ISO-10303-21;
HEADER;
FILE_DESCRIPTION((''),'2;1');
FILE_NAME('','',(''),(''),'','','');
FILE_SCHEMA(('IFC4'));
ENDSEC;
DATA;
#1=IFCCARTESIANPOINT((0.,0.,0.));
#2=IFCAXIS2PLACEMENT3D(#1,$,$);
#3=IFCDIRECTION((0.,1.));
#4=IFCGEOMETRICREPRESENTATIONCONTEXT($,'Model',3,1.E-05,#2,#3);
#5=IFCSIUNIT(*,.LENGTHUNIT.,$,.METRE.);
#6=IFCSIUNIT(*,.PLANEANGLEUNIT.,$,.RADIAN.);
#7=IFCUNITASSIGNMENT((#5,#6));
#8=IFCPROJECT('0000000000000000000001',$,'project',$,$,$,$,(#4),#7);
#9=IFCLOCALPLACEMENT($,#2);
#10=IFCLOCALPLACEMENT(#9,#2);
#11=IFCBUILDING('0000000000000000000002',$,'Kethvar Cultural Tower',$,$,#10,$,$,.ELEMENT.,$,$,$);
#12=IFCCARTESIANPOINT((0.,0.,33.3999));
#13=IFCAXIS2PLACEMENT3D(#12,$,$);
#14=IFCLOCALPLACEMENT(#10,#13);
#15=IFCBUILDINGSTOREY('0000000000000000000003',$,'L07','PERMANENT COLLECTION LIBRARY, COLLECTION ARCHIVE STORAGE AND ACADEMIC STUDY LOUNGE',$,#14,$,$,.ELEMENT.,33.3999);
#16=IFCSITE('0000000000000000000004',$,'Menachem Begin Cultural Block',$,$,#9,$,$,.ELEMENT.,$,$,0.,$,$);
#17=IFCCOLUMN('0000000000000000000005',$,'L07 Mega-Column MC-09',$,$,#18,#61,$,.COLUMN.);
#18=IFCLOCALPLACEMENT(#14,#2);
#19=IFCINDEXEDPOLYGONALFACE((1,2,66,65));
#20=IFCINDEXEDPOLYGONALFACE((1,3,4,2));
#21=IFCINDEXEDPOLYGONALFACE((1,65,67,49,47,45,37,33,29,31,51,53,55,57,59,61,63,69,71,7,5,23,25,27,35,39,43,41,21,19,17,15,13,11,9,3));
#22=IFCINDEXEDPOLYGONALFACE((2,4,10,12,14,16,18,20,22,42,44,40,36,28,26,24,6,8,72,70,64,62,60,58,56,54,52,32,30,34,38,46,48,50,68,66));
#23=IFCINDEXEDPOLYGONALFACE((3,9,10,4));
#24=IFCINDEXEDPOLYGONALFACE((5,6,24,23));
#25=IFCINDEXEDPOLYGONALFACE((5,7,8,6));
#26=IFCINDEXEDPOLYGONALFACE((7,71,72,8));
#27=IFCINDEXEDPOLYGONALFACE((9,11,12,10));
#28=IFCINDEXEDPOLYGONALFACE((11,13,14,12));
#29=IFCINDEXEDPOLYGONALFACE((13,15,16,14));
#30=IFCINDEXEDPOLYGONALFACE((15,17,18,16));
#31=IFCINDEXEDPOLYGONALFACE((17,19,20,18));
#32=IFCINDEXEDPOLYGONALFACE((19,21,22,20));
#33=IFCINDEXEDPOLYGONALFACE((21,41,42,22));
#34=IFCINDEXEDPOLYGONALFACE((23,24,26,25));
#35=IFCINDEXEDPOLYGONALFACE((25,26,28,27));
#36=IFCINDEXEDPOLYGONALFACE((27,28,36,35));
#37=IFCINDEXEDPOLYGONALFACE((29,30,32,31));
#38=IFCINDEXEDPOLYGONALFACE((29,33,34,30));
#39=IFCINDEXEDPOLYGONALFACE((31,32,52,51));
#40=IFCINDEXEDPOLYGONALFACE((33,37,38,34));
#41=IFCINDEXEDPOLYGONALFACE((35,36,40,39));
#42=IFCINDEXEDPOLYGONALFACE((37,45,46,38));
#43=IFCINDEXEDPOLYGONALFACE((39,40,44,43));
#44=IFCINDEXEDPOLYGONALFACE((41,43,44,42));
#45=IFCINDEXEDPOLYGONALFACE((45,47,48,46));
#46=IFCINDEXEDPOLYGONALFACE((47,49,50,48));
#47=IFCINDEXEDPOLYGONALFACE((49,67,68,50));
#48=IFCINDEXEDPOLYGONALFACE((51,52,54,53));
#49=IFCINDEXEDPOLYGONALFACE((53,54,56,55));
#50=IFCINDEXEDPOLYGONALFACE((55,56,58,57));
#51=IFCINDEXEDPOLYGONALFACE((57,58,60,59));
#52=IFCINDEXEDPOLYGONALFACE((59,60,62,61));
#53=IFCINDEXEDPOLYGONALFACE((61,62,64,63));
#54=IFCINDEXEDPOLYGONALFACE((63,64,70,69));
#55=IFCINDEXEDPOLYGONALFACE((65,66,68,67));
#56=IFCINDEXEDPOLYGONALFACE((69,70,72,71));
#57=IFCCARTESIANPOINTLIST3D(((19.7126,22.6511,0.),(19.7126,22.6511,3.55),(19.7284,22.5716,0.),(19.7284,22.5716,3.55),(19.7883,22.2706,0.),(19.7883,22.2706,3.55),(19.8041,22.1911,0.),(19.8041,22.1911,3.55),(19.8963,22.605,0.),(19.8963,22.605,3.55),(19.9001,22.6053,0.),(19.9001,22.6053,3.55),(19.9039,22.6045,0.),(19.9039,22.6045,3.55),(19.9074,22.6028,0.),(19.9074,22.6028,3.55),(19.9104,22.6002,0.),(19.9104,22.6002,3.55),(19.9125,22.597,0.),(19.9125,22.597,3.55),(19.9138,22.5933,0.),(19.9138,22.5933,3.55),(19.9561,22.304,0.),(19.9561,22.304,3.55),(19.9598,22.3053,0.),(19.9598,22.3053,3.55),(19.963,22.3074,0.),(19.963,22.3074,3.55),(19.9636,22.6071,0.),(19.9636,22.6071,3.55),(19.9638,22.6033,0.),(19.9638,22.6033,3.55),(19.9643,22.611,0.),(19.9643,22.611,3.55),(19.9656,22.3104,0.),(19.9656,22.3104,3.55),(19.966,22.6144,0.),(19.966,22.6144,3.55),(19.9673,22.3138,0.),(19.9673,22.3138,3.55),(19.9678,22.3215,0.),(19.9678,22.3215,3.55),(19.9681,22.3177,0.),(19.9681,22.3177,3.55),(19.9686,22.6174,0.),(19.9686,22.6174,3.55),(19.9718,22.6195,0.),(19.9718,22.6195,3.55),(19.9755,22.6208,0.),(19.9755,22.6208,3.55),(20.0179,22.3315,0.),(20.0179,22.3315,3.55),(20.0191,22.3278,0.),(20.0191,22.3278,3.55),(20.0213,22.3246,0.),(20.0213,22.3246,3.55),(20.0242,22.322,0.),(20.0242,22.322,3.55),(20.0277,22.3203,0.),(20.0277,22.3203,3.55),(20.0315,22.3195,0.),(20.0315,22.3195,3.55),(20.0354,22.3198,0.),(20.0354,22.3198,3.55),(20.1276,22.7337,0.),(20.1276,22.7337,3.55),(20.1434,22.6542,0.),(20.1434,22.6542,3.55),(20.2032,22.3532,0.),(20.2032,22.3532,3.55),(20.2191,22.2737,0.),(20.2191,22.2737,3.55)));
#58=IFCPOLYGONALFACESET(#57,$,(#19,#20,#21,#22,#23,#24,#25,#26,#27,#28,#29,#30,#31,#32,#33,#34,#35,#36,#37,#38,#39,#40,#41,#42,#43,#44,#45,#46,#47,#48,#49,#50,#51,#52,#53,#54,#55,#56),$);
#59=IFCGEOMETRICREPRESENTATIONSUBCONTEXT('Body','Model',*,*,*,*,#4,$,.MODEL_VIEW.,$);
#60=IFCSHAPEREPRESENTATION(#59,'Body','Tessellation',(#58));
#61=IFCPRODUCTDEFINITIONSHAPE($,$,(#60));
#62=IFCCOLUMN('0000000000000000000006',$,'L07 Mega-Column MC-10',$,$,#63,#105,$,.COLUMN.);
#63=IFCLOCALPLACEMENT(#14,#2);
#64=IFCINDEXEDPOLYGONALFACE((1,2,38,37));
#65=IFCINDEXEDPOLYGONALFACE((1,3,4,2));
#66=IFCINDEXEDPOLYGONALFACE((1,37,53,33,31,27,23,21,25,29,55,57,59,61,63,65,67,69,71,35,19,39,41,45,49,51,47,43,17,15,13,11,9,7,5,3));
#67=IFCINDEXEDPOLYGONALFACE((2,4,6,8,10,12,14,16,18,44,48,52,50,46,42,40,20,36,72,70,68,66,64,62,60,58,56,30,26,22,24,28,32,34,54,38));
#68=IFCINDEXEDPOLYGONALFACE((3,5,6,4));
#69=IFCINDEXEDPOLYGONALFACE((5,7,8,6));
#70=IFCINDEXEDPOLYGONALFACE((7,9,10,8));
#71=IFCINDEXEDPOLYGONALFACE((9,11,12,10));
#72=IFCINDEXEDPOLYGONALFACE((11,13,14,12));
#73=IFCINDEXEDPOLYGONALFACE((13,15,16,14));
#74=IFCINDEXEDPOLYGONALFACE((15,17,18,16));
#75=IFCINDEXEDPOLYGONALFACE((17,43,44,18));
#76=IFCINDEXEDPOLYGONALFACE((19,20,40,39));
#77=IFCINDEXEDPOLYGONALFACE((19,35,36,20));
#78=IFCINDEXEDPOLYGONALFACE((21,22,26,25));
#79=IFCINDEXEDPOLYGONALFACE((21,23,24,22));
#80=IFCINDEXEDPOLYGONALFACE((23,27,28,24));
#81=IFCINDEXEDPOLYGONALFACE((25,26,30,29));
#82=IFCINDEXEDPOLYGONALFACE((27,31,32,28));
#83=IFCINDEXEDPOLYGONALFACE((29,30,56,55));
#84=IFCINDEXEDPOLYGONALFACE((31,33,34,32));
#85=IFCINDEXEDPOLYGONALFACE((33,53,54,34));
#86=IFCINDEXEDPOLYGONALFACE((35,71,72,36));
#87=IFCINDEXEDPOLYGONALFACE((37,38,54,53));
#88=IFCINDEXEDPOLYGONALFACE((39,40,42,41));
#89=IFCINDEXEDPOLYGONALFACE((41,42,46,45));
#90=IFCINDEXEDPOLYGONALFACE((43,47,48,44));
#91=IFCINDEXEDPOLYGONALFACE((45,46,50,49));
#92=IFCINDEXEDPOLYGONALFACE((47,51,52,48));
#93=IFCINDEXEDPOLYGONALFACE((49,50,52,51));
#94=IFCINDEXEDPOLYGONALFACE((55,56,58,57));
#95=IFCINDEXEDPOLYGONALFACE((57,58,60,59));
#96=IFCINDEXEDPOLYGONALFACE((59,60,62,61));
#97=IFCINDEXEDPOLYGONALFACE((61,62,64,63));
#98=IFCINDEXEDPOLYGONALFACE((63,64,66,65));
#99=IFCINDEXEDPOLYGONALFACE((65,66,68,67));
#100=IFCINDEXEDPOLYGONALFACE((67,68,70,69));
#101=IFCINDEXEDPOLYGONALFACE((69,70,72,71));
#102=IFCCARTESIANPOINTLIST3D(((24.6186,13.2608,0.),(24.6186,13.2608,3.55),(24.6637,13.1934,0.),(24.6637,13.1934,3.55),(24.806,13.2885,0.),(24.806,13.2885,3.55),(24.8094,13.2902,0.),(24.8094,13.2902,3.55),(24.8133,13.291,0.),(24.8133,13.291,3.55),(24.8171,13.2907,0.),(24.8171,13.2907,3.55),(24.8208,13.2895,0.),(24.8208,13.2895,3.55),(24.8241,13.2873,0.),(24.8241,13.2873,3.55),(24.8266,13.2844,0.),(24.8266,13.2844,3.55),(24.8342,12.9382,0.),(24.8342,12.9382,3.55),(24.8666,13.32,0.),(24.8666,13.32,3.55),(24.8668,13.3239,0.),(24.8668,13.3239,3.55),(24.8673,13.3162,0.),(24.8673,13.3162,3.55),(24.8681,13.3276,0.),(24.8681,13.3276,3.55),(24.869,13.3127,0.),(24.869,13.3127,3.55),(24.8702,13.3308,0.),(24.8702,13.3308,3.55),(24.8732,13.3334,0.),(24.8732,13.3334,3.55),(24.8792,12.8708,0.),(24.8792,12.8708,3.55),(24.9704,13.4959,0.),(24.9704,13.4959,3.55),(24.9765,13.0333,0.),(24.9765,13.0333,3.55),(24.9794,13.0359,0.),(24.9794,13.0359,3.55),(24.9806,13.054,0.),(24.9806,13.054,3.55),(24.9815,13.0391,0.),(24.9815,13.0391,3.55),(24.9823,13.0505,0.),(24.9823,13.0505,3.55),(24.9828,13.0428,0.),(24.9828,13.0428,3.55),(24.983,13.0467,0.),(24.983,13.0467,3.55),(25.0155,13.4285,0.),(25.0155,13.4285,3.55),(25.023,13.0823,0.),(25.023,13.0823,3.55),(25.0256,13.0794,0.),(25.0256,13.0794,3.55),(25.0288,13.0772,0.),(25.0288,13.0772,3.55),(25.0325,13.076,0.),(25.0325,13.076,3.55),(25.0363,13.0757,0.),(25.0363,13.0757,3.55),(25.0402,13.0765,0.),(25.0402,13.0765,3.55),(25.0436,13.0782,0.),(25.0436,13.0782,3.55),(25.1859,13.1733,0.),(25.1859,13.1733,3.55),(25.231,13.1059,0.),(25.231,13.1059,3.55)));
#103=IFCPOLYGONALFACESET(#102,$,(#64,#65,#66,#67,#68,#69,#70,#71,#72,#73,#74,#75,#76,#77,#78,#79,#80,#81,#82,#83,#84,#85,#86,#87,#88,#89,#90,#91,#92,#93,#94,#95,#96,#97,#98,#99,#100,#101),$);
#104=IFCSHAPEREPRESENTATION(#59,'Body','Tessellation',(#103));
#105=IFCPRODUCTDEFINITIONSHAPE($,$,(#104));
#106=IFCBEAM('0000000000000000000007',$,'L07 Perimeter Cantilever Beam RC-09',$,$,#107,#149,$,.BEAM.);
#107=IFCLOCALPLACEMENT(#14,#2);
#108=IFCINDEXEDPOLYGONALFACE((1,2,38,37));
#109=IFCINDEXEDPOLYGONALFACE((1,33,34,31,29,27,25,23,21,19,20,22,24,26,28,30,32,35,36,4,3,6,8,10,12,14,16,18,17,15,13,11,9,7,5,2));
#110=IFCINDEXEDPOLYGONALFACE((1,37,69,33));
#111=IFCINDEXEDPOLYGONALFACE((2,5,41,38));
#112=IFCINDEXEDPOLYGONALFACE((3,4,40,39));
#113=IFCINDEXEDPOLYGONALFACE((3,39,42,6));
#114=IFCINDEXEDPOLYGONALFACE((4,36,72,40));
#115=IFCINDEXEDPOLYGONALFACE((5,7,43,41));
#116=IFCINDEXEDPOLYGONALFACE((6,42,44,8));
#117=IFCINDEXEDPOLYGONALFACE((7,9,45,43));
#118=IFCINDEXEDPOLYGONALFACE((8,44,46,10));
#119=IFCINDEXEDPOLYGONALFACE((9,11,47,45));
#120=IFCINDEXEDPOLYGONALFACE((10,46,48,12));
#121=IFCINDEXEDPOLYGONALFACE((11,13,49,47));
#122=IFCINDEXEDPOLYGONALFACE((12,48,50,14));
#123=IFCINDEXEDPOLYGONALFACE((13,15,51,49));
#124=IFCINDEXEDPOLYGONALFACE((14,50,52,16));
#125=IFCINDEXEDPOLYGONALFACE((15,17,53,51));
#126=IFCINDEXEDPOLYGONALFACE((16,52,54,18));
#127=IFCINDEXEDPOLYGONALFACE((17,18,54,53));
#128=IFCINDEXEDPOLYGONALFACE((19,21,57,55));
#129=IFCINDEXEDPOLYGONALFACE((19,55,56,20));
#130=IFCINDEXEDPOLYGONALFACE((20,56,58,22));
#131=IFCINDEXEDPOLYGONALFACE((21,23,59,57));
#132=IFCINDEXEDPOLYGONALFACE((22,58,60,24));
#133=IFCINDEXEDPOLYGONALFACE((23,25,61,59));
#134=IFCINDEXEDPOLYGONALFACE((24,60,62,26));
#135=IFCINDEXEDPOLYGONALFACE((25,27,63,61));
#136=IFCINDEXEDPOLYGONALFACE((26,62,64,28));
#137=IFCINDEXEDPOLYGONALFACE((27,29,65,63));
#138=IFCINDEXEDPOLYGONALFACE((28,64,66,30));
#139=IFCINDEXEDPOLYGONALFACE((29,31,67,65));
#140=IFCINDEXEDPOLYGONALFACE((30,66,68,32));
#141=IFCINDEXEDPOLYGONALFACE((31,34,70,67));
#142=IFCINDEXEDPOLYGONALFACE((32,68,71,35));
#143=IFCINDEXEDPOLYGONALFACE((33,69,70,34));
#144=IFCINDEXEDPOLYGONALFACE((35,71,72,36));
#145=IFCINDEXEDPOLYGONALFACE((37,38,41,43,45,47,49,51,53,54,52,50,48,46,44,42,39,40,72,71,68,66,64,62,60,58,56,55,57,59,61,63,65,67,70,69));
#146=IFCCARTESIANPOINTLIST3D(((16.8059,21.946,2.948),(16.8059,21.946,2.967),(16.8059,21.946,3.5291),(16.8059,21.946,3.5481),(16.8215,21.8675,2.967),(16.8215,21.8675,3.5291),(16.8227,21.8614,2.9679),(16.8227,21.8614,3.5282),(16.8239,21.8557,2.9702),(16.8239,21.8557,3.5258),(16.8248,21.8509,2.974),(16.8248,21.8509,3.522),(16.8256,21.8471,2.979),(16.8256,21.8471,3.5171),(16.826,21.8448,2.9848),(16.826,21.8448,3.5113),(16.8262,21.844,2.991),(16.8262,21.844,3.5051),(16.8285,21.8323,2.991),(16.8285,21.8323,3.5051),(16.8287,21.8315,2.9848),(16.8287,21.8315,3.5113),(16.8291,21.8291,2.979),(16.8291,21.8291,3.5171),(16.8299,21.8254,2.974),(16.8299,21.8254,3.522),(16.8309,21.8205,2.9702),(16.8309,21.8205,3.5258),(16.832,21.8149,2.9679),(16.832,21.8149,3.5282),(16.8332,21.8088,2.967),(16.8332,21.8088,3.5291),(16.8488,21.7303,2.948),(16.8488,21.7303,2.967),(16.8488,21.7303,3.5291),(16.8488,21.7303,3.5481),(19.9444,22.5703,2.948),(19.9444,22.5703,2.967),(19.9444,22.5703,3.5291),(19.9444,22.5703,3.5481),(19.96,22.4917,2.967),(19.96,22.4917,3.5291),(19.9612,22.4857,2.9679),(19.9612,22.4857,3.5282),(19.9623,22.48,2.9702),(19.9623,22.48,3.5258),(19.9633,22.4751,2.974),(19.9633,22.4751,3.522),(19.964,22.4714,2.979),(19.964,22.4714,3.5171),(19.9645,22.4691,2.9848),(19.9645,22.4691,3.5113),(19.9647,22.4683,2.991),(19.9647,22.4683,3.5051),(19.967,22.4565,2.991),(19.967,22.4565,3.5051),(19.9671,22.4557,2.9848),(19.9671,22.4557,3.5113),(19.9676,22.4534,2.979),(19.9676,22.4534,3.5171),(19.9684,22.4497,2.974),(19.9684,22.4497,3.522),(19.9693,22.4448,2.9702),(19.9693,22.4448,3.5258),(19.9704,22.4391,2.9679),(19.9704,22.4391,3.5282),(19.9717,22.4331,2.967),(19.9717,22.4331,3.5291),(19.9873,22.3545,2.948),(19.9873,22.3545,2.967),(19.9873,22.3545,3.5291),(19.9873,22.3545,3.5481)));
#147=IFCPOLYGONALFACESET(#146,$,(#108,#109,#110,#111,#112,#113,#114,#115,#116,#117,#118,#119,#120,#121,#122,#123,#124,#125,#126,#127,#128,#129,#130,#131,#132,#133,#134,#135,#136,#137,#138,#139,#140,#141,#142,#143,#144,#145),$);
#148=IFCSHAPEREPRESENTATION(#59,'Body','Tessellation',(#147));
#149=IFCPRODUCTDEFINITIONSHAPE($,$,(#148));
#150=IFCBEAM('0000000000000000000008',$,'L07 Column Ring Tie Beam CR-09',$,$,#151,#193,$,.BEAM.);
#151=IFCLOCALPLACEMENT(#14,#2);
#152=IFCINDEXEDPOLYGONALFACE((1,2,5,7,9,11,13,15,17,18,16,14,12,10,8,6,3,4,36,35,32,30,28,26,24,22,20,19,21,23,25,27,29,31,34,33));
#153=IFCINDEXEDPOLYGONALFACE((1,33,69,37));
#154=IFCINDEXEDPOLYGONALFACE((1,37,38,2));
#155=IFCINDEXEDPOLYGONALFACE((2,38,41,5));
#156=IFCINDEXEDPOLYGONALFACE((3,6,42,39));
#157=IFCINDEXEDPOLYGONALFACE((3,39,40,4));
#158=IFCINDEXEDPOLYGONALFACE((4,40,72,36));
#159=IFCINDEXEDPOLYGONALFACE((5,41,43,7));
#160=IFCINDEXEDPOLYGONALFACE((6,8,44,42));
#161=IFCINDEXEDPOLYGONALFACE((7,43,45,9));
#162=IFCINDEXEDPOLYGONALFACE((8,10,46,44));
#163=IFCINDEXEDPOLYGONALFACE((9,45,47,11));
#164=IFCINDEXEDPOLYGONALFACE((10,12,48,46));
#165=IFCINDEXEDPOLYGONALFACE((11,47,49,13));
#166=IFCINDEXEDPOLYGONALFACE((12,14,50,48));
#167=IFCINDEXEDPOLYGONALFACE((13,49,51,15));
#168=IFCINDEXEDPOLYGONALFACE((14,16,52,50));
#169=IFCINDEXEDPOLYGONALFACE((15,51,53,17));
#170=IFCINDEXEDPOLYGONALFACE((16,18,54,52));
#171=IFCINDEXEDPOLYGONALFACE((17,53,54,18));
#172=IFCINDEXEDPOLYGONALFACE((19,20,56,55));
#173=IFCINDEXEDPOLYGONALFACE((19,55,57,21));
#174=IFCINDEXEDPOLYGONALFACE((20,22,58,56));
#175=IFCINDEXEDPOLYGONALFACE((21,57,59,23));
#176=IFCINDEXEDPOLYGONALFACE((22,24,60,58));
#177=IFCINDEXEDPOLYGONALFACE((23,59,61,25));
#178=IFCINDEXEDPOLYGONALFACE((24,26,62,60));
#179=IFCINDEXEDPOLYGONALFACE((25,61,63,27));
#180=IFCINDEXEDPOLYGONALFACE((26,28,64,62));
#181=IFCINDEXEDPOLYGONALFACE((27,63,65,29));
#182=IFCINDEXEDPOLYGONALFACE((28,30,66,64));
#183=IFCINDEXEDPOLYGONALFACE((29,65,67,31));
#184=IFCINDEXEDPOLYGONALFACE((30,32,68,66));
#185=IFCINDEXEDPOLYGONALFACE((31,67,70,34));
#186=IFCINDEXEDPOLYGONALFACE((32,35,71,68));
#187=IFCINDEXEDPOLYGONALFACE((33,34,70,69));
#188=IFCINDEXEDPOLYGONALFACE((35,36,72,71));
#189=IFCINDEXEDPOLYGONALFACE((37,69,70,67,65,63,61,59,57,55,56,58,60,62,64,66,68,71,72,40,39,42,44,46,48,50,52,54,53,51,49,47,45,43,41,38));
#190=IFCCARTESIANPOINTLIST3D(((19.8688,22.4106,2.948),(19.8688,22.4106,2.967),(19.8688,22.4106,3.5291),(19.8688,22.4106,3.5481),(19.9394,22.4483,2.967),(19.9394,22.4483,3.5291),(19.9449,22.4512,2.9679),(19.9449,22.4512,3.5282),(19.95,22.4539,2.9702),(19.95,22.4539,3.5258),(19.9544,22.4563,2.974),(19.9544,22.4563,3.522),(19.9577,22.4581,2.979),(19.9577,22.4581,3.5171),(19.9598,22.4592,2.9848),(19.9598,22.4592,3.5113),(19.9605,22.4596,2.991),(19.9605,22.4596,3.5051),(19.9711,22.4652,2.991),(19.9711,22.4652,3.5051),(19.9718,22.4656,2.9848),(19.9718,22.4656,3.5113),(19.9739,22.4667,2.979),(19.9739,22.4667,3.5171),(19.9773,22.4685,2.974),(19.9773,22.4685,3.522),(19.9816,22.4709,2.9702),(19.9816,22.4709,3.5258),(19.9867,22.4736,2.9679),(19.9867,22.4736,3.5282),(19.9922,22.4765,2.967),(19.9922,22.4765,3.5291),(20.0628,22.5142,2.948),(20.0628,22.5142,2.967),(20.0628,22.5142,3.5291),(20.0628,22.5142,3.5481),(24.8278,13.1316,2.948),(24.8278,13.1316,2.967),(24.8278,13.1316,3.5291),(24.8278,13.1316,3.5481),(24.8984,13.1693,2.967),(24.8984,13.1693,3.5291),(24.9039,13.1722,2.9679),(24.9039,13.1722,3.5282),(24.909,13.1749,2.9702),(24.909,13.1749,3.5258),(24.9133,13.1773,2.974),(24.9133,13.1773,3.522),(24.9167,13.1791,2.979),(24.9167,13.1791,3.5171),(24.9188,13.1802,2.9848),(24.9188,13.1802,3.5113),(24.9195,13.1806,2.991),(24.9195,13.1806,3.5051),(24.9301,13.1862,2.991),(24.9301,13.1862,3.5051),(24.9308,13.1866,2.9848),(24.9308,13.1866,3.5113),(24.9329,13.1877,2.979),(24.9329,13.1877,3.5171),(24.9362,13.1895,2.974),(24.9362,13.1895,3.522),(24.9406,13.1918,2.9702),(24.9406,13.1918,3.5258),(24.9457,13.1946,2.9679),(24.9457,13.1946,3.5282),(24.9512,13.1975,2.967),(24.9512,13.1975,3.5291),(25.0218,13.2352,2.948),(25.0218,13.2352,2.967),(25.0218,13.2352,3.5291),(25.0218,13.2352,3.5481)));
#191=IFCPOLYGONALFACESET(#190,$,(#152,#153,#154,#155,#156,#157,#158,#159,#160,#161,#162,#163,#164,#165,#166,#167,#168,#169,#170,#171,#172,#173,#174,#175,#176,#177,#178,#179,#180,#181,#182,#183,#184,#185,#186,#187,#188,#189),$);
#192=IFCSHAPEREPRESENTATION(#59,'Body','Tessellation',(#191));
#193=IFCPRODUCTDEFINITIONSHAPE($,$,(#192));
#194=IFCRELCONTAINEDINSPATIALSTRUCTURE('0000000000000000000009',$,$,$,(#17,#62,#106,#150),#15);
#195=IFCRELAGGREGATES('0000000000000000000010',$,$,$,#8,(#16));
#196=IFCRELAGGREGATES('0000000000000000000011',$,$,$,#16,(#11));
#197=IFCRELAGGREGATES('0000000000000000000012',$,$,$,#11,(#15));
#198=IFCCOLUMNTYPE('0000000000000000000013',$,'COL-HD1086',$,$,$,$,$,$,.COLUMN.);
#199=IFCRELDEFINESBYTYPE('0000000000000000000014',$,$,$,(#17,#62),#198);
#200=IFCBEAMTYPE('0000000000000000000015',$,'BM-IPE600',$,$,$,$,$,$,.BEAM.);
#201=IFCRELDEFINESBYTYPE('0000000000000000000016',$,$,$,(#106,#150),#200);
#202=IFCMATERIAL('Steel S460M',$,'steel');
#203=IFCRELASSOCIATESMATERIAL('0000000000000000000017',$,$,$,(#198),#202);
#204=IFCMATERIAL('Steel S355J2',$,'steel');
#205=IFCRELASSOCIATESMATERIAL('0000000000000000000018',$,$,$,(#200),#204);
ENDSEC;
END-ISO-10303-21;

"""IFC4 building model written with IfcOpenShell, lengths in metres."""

from ifc_helpers import new_model, si_unit, direction, frame, origin, origin_2d, place, context, subcontext, project, spatial, i_section, extrude, source, transform, mapped, material, material_profile, profile_set, type_object, element, save


model = new_model("IFC4")

# Units and contexts
model_context = context("Model", 3, precision=1e-05, world=origin(), true_north=direction((0.0, 1.0)))
body_context = subcontext(model_context, "Body", "Model", "MODEL_VIEW")
ifc_project = project(units=[si_unit("LENGTHUNIT", "METRE"), si_unit("PLANEANGLEUNIT", "RADIAN")], contexts=[model_context])

# Site, building, storey
site_placement = place(None, origin())
site = spatial("IfcSite", under=ifc_project, at=site_placement, Name="Menachem Begin Cultural Block", CompositionType="ELEMENT", RefElevation=0.0)
building_placement = place(site_placement, origin())
building = spatial("IfcBuilding", under=site, at=building_placement, Name="Kethvar Cultural Tower", CompositionType="ELEMENT")
storey_placement = place(building_placement, frame((0.0, 0.0, 33.3999)))
storey = spatial("IfcBuildingStorey", under=building, at=storey_placement, Name="L07", Description="PERMANENT COLLECTION LIBRARY, COLLECTION ARCHIVE STORAGE AND ACADEMIC STUDY LOUNGE", CompositionType="ELEMENT", Elevation=33.3999)

# Columns
ifc_material_1 = material(Name="Steel S460M", Category="steel")
ifc_material_profile_1 = material_profile(ifc_material_1, i_section(OverallWidth=0.4231, OverallDepth=0.469, WebThickness=0.051, FlangeThickness=0.0811, FilletRadius=0.0149, at=origin_2d()), Name="Steel S460M — HD400x1086")
ifc_profile_set_1 = profile_set([ifc_material_profile_1], Name="Steel S460M — HD400x1086")
column_type = type_object("IfcColumnType", Name="COL-HD1086", PredefinedType="COLUMN", material=ifc_profile_set_1)
shared_shape_1 = source(origin(), body_context, "Body", "SweptSolid", [
    extrude(i_section(OverallWidth=0.4231, OverallDepth=0.469, WebThickness=0.051, FlangeThickness=0.0811, FilletRadius=0.0149, at=origin_2d()), origin(), (0.0, 0.0, 1.0), 3.55),
])
for number, where, z_axis, x_axis, name in (
    (1, (19.9658, 22.4624, 0.0), (0.0, 0.0, 1.0), (-0.980785, -0.19509, 0.0), "L07 Mega-Column MC-09"),
    (2, (24.9248, 13.1833, 0.0), (0.0, 0.0, 1.0), (-0.83147, -0.55557, 0.0), "L07 Mega-Column MC-10"),
):
    element("IfcColumn", number, at=place(storey_placement, frame(where, z_axis=z_axis, x_axis=x_axis)), inside=storey, type_object=column_type, Name=name, PredefinedType="COLUMN", context=body_context, shape_type="MappedRepresentation", body=[
        mapped(shared_shape_1, transform((0.0, 0.0, 0.0), scale=1.0)),
    ])

# Beams
ifc_material_2 = material(Name="Steel S355J2", Category="steel")
ifc_material_profile_2 = material_profile(ifc_material_2, i_section(OverallWidth=0.22, OverallDepth=0.6001, WebThickness=0.012, FlangeThickness=0.019, FilletRadius=0.0239, at=origin_2d()), Name="Steel S355J2 — IPE600")
ifc_profile_set_2 = profile_set([ifc_material_profile_2], Name="Steel S355J2 — IPE600")
beam_type_1 = type_object("IfcBeamType", Name="BM-IPE600", PredefinedType="BEAM", material=ifc_profile_set_2)
shared_shape_2 = source(origin(), body_context, "Body", "SweptSolid", [
    extrude(i_section(OverallWidth=0.22, OverallDepth=0.6001, WebThickness=0.012, FlangeThickness=0.019, FilletRadius=0.0239, at=origin_2d()), origin(), (0.0, 0.0, 1.0), 3.2),
])
beam_1_placement = place(storey_placement, frame((19.9658, 22.4624, 3.248), z_axis=(-0.980786, -0.195089, 0.0), x_axis=(0.195089, -0.980786, 0.0)))
element("IfcBeam", 3, at=beam_1_placement, inside=storey, type_object=beam_type_1, Name="L07 Perimeter Cantilever Beam RC-09", PredefinedType="BEAM", context=body_context, shape_type="MappedRepresentation", body=[
    mapped(shared_shape_2, transform((0.0, 0.0, 0.0), scale=1.0)),
])
shared_shape_3 = source(origin(), body_context, "Body", "SweptSolid", [
    extrude(i_section(OverallWidth=0.22, OverallDepth=0.6001, WebThickness=0.012, FlangeThickness=0.019, FilletRadius=0.0239, at=origin_2d()), origin(), (0.0, 0.0, 1.0), 10.521),
])
beam_2_placement = place(storey_placement, frame((19.9658, 22.4624, 3.248), z_axis=(0.47134, -0.881952, 0.0), x_axis=(0.881952, 0.47134, 0.0)))
element("IfcBeam", 4, at=beam_2_placement, inside=storey, type_object=beam_type_1, Name="L07 Column Ring Tie Beam CR-09", PredefinedType="BEAM", context=body_context, shape_type="MappedRepresentation", body=[
    mapped(shared_shape_3, transform((0.0, 0.0, 0.0), scale=1.0)),
])

save(model, "model.ifc")
